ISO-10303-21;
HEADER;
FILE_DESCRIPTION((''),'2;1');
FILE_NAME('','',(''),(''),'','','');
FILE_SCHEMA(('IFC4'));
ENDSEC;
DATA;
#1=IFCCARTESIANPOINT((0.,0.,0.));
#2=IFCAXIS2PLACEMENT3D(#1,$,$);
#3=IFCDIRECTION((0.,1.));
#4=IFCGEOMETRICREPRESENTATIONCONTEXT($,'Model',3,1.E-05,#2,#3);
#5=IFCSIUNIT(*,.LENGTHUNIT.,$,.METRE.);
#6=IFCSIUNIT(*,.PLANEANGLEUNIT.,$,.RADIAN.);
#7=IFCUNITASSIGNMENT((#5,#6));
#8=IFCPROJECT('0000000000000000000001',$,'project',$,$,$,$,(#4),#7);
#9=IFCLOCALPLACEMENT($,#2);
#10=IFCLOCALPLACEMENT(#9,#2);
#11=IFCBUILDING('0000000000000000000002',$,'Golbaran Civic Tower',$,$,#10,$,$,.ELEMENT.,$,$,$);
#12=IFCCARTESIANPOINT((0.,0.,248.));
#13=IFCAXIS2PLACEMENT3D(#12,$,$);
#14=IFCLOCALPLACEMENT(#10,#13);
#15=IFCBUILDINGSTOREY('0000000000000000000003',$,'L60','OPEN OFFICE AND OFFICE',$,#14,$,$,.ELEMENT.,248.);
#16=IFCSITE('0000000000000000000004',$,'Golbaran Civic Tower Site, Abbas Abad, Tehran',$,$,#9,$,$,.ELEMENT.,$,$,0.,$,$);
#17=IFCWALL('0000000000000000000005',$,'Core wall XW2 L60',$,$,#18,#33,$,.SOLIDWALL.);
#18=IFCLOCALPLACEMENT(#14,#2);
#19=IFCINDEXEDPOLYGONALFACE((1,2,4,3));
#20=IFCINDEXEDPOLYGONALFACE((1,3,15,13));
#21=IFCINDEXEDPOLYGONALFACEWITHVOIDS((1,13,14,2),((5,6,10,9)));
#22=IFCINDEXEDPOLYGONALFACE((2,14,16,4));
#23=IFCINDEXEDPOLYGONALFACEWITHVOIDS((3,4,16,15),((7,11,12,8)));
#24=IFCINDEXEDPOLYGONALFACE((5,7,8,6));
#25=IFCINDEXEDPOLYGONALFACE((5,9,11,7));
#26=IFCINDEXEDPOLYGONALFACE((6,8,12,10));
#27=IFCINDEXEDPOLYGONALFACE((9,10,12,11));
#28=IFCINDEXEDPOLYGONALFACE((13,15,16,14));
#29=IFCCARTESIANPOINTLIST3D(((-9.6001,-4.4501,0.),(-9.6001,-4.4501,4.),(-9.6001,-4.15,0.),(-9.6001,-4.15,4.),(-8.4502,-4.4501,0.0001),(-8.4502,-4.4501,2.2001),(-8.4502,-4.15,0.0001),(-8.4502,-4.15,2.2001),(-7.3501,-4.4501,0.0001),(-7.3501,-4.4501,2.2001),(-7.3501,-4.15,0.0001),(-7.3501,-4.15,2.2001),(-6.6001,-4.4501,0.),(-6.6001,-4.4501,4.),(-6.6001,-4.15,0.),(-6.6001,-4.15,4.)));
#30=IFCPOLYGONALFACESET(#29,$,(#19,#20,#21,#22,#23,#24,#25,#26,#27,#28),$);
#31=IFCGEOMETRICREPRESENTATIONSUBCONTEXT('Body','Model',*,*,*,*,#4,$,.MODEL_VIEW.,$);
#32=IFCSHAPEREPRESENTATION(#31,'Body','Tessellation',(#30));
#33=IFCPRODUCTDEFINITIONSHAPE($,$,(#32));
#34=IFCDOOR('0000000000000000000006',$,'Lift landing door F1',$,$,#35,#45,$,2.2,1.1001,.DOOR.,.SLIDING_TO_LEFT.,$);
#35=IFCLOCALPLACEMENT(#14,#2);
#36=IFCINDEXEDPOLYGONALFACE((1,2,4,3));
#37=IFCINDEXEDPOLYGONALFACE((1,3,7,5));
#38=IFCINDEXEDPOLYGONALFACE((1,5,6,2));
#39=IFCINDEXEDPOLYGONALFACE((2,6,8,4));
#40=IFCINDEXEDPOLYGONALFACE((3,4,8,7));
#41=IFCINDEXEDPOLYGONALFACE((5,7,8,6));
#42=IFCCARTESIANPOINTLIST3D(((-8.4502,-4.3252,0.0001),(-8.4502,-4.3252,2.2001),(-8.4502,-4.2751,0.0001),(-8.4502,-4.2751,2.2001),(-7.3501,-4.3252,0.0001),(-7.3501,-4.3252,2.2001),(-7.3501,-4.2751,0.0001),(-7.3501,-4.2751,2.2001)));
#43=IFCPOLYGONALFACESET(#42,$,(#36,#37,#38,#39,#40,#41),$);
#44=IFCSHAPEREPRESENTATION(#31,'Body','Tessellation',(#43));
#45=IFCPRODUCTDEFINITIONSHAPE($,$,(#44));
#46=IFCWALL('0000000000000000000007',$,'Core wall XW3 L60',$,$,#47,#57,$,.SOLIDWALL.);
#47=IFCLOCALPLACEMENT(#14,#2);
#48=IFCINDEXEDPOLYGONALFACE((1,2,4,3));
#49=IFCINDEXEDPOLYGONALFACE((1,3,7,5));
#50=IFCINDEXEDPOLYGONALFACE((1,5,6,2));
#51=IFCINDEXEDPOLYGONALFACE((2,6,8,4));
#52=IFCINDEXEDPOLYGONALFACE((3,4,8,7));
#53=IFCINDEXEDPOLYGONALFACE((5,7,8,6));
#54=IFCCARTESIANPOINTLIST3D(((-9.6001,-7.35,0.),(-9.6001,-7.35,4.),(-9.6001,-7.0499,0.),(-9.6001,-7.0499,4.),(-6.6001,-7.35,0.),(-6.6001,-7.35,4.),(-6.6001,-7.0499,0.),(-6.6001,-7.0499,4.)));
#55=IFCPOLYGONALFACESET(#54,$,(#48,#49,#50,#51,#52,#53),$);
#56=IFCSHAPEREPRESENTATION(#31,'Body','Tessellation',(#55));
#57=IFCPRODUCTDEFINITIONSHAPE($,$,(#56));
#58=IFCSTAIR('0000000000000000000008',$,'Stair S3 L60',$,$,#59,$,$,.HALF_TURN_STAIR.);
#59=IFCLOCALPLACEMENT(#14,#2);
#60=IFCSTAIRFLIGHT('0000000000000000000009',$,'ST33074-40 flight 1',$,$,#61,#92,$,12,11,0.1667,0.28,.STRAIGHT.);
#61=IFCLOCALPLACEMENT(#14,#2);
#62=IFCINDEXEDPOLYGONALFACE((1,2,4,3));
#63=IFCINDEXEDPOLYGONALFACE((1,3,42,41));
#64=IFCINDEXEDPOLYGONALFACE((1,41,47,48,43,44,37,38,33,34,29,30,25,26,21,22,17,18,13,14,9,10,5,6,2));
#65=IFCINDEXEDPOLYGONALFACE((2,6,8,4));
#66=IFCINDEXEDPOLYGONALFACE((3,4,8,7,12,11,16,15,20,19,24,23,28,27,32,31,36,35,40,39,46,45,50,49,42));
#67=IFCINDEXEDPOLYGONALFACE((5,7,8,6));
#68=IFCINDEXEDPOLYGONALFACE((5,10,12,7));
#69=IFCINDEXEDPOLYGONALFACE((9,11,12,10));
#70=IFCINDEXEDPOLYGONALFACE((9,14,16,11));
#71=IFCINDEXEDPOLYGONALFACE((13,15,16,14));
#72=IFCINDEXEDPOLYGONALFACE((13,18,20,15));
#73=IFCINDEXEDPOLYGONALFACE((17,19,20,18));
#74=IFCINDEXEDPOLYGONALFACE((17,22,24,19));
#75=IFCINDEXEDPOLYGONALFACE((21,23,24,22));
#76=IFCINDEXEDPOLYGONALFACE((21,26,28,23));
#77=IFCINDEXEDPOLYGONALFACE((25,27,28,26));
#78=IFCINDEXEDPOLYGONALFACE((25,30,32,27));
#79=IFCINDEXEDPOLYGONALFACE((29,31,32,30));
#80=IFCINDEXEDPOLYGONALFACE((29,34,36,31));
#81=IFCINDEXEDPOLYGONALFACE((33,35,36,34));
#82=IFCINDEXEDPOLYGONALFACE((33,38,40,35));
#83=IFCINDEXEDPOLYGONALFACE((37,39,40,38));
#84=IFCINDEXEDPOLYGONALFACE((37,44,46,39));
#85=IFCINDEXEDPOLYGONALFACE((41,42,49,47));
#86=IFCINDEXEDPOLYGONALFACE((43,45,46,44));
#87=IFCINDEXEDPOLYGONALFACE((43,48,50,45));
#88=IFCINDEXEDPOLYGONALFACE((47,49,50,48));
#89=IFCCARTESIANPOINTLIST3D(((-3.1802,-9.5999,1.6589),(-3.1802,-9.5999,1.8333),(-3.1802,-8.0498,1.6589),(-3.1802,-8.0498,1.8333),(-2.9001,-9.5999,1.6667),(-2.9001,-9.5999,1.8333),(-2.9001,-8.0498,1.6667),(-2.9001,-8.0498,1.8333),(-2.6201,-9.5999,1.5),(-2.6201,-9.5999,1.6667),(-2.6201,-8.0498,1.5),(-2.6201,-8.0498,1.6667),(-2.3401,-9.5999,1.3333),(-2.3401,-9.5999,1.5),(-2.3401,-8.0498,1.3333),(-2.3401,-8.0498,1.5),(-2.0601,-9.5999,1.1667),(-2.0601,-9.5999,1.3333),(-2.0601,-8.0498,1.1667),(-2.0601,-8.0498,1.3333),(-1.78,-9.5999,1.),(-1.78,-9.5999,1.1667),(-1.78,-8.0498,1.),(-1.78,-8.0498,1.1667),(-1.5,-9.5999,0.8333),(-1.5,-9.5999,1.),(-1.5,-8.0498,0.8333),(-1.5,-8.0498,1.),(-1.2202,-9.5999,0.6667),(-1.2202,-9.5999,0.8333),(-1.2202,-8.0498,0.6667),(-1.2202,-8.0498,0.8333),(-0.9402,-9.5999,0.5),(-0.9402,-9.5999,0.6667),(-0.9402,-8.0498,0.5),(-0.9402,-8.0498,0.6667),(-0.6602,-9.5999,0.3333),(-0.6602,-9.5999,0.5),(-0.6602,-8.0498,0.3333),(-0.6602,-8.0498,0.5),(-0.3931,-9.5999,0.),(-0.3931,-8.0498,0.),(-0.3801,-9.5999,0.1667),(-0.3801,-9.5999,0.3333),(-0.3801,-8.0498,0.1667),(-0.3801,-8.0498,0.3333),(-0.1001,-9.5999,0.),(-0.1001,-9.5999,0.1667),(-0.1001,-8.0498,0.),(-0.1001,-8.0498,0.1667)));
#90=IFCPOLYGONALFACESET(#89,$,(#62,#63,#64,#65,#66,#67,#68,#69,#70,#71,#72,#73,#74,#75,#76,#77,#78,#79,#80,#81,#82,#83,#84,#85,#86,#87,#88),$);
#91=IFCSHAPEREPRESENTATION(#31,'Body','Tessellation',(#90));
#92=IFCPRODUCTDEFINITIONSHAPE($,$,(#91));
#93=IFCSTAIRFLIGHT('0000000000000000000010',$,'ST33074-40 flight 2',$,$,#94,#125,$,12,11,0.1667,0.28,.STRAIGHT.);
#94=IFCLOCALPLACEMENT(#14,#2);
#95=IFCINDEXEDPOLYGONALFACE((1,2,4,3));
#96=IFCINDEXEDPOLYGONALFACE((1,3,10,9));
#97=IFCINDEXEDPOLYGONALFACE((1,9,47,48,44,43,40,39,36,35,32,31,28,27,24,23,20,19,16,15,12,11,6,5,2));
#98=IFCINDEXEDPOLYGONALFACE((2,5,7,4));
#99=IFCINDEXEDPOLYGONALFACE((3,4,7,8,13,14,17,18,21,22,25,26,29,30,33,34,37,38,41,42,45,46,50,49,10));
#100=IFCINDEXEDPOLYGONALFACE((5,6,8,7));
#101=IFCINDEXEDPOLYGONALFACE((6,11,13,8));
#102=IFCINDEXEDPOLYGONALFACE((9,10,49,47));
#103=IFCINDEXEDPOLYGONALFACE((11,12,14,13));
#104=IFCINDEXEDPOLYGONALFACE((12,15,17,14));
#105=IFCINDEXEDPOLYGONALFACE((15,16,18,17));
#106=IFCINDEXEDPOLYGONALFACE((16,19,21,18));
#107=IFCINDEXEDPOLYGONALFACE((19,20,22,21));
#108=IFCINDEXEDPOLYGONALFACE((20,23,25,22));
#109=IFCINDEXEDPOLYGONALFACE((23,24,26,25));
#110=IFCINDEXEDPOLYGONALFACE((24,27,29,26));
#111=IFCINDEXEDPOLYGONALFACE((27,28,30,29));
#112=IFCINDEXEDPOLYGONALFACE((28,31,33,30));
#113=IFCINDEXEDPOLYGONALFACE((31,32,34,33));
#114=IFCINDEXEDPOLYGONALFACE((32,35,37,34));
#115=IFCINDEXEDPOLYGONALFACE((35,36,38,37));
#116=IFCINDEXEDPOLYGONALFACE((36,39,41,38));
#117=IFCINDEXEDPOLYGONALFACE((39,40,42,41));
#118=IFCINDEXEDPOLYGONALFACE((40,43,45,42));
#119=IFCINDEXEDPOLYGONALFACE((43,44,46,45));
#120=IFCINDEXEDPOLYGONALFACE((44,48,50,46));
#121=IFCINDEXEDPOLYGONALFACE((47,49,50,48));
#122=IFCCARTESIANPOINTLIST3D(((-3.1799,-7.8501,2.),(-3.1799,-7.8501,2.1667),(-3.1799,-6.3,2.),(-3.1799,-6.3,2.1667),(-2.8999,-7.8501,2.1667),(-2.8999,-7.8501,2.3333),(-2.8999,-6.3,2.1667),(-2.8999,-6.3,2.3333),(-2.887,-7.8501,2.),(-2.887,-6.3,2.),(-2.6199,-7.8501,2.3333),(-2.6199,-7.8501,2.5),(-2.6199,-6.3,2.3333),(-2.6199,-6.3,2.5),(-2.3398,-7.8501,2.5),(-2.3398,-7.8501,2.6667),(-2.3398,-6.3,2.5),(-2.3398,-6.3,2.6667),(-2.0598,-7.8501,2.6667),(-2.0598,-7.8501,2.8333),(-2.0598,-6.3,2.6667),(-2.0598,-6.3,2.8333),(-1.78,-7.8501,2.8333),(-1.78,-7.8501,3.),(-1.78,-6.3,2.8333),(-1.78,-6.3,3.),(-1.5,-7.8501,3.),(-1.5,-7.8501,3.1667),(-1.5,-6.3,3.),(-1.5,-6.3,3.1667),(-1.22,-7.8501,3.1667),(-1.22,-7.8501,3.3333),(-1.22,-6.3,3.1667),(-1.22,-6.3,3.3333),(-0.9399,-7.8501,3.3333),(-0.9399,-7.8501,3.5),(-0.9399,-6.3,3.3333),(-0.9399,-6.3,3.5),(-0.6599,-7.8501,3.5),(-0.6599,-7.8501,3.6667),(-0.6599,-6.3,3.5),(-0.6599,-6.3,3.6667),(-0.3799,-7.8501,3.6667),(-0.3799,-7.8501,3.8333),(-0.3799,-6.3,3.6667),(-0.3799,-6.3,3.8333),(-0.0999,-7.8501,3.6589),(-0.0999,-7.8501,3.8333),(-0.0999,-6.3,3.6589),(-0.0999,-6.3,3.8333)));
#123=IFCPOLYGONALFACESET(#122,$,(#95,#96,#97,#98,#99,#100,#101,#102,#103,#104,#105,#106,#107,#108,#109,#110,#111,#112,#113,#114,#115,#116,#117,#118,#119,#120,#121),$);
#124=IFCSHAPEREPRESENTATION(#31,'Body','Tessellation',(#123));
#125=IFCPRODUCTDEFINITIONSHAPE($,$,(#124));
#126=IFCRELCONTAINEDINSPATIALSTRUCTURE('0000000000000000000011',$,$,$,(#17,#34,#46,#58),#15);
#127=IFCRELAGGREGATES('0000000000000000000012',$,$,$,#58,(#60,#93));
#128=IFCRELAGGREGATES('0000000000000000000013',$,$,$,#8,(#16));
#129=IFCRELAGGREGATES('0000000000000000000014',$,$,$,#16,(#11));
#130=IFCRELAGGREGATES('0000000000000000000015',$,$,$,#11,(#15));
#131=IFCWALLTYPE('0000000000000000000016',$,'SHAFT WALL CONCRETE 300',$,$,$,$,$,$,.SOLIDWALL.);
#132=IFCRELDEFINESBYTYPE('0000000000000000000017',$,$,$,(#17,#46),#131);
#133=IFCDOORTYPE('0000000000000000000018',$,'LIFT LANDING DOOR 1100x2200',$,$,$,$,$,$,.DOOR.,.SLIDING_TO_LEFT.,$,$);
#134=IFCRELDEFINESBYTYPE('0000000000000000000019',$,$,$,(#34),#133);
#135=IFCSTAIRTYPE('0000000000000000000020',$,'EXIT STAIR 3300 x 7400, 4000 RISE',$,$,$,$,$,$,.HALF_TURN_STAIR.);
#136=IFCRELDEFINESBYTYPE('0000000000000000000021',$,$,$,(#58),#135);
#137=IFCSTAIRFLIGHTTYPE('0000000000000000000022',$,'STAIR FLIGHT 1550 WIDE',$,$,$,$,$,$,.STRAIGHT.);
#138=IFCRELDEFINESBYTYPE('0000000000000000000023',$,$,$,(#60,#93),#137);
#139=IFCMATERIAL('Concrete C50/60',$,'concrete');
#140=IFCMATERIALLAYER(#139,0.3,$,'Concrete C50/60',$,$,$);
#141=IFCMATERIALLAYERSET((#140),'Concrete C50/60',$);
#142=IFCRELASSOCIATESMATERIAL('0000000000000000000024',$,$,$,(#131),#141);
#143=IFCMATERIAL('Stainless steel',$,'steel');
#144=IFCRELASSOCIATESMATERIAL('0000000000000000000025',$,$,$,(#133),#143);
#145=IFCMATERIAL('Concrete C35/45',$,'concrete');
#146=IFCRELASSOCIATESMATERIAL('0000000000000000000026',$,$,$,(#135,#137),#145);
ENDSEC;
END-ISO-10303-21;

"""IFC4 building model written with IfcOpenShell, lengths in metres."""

from ifc_helpers import new_model, si_unit, direction, frame, frame_2d, origin, place, context, subcontext, project, spatial, polyline, rectangle, outline, extrude, material, layer, layer_set, type_object, element, fill, aggregate, save


model = new_model("IFC4")

# Units and contexts
model_context = context("Model", 3, precision=1e-05, world=origin(), true_north=direction((0.0, 1.0)))
body_context = subcontext(model_context, "Body", "Model", "MODEL_VIEW")
ifc_project = project(units=[si_unit("LENGTHUNIT", "METRE"), si_unit("PLANEANGLEUNIT", "RADIAN")], contexts=[model_context])

# Site, building, storey
site_placement = place(None, origin())
site = spatial("IfcSite", under=ifc_project, at=site_placement, Name="Golbaran Civic Tower Site, Abbas Abad, Tehran", CompositionType="ELEMENT", RefElevation=0.0)
building_placement = place(site_placement, origin())
building = spatial("IfcBuilding", under=site, at=building_placement, Name="Golbaran Civic Tower", CompositionType="ELEMENT")
storey_placement = place(building_placement, frame((0.0, 0.0, 248.0)))
storey = spatial("IfcBuildingStorey", under=building, at=storey_placement, Name="L60", Description="OPEN OFFICE AND OFFICE", CompositionType="ELEMENT", Elevation=248.0)

# Shared definitions
ifc_material_1 = material(Name="Concrete C50/60", Category="concrete")

# Shared definitions
ifc_layer_1 = layer(ifc_material_1, 0.3, Name="Concrete C50/60")
ifc_layer_set_1 = layer_set([ifc_layer_1], Name="Concrete C50/60")
wall_type_1 = type_object("IfcWallType", Name="SHAFT WALL CONCRETE 300", PredefinedType="SOLIDWALL", material=ifc_layer_set_1)

# Wall, opening, door
wall_1_placement = place(storey_placement, frame((-9.6001, -4.3, 0.0), z_axis=(0.0, 0.0, 1.0), x_axis=(1.0, 0.0, 0.0)))
wall_1 = element("IfcWall", 1, at=wall_1_placement, inside=storey, type_object=wall_type_1, Name="Core wall XW2 L60", PredefinedType="SOLIDWALL", context=body_context, shape_type="SweptSolid", body=[
    extrude(rectangle(XDim=3.0, YDim=0.3, at=frame_2d((1.5, 0.0))), origin(), (0.0, 0.0, 1.0), 4.0),
])
opening_1_placement = place(wall_1_placement, frame((1.1499, 0.0, 0.0)))
opening_1 = element("IfcOpeningElement", 2, at=opening_1_placement, cuts=wall_1, PredefinedType="OPENING", context=body_context, shape_type="SweptSolid", body=[
    extrude(rectangle(XDim=1.1001, YDim=2.2, at=frame_2d((0.55, 1.1001))), frame((0.0, 0.1599, 0.0), z_axis=(0.0, -1.0, 0.0), x_axis=(1.0, 0.0, 0.0)), (0.0, 0.0, 1.0), 0.3201),
])
ifc_material_2 = material(Name="Stainless steel", Category="steel")
door_type_1 = type_object("IfcDoorType", Name="LIFT LANDING DOOR 1100x2200", OperationType="SLIDING_TO_LEFT", PredefinedType="DOOR", material=ifc_material_2)
door_1_placement = place(opening_1_placement, origin())
door_1 = element("IfcDoor", 3, at=door_1_placement, inside=storey, type_object=door_type_1, Name="Lift landing door F1", OperationType="SLIDING_TO_LEFT", OverallHeight=2.2, OverallWidth=1.1001, PredefinedType="DOOR", context=body_context, shape_type="SweptSolid", body=[
    extrude(rectangle(XDim=1.1001, YDim=2.2, at=frame_2d((0.55, 1.1001))), frame((0.0, 0.0249, 0.0), z_axis=(0.0, -1.0, 0.0), x_axis=(1.0, 0.0, 0.0)), (0.0, 0.0, 1.0), 0.05),
])
fill(opening_1, door_1)

# Wall
wall_2_placement = place(storey_placement, frame((-9.6001, -7.2, 0.0), z_axis=(0.0, 0.0, 1.0), x_axis=(1.0, 0.0, 0.0)))
element("IfcWall", 4, at=wall_2_placement, inside=storey, type_object=wall_type_1, Name="Core wall XW3 L60", PredefinedType="SOLIDWALL", context=body_context, shape_type="SweptSolid", body=[
    extrude(rectangle(XDim=3.0, YDim=0.3, at=frame_2d((1.5, 0.0))), origin(), (0.0, 0.0, 1.0), 4.0),
])

# Stair, stair flights
ifc_material_3 = material(Name="Concrete C35/45", Category="concrete")
stair_type = type_object("IfcStairType", Name="EXIT STAIR 3300 x 7400, 4000 RISE", PredefinedType="HALF_TURN_STAIR", material=ifc_material_3)
stair_placement = place(storey_placement, origin())
stair = element("IfcStair", 5, at=stair_placement, inside=storey, type_object=stair_type, Name="Stair S3 L60", PredefinedType="HALF_TURN_STAIR")
stair_flight_type = type_object("IfcStairFlightType", Name="STAIR FLIGHT 1550 WIDE", PredefinedType="STRAIGHT", material=ifc_material_3)
stair_flight_1_placement = place(storey_placement, frame((-0.1001, -8.825, 0.0), z_axis=(0.0, 0.0, 1.0), x_axis=(-1.0, 0.0, 0.0)))
stair_flight_1 = element("IfcStairFlight", 6, at=stair_flight_1_placement, type_object=stair_flight_type, Name="ST33074-40 flight 1", NumberOfRisers=12, NumberOfTreads=11, PredefinedType="STRAIGHT", RiserHeight=0.1667, TreadLength=0.28, context=body_context, shape_type="SweptSolid", body=[
    extrude(outline(polyline([(0.0, 0.0), (0.0, 0.1667), (0.28, 0.1667), (0.28, 0.3333), (0.5601, 0.3333), (0.5601, 0.5), (0.8401, 0.5), (0.8401, 0.6667), (1.1201, 0.6667), (1.1201, 0.8333), (1.3999, 0.8333), (1.3999, 1.0), (1.6799, 1.0), (1.6799, 1.1667), (1.96, 1.1667), (1.96, 1.3333), (2.24, 1.3333), (2.24, 1.5), (2.52, 1.5), (2.52, 1.6667), (2.8, 1.6667), (2.8, 1.8333), (3.0801, 1.8333), (3.0801, 2.0), (3.0801, 1.6589), (0.293, 0.0), (0.0, 0.0)])), frame((0.0, 0.7749, 0.0), z_axis=(0.0, -1.0, 0.0), x_axis=(1.0, 0.0, 0.0)), (0.0, 0.0, 1.0), 1.55),
])
stair_flight_2_placement = place(storey_placement, frame((-3.1799, -7.075, 2.0), z_axis=(0.0, 0.0, 1.0), x_axis=(1.0, 0.0, 0.0)))
stair_flight_2 = element("IfcStairFlight", 7, at=stair_flight_2_placement, type_object=stair_flight_type, Name="ST33074-40 flight 2", NumberOfRisers=12, NumberOfTreads=11, PredefinedType="STRAIGHT", RiserHeight=0.1667, TreadLength=0.28, context=body_context, shape_type="SweptSolid", body=[
    extrude(outline(polyline([(0.0, 0.0), (0.0, 0.1667), (0.28, 0.1667), (0.28, 0.3333), (0.5601, 0.3333), (0.5601, 0.5), (0.8401, 0.5), (0.8401, 0.6667), (1.1201, 0.6667), (1.1201, 0.8333), (1.3999, 0.8333), (1.3999, 1.0), (1.6799, 1.0), (1.6799, 1.1667), (1.96, 1.1667), (1.96, 1.3333), (2.24, 1.3333), (2.24, 1.5), (2.52, 1.5), (2.52, 1.6667), (2.8, 1.6667), (2.8, 1.8333), (3.0801, 1.8333), (3.0801, 2.0), (3.0801, 1.6589), (0.293, 0.0), (0.0, 0.0)])), frame((0.0, 0.7749, 0.0), z_axis=(0.0, -1.0, 0.0), x_axis=(1.0, 0.0, 0.0)), (0.0, 0.0, 1.0), 1.55),
])
aggregate(stair, [stair_flight_1, stair_flight_2])

save(model, "model.ifc")
